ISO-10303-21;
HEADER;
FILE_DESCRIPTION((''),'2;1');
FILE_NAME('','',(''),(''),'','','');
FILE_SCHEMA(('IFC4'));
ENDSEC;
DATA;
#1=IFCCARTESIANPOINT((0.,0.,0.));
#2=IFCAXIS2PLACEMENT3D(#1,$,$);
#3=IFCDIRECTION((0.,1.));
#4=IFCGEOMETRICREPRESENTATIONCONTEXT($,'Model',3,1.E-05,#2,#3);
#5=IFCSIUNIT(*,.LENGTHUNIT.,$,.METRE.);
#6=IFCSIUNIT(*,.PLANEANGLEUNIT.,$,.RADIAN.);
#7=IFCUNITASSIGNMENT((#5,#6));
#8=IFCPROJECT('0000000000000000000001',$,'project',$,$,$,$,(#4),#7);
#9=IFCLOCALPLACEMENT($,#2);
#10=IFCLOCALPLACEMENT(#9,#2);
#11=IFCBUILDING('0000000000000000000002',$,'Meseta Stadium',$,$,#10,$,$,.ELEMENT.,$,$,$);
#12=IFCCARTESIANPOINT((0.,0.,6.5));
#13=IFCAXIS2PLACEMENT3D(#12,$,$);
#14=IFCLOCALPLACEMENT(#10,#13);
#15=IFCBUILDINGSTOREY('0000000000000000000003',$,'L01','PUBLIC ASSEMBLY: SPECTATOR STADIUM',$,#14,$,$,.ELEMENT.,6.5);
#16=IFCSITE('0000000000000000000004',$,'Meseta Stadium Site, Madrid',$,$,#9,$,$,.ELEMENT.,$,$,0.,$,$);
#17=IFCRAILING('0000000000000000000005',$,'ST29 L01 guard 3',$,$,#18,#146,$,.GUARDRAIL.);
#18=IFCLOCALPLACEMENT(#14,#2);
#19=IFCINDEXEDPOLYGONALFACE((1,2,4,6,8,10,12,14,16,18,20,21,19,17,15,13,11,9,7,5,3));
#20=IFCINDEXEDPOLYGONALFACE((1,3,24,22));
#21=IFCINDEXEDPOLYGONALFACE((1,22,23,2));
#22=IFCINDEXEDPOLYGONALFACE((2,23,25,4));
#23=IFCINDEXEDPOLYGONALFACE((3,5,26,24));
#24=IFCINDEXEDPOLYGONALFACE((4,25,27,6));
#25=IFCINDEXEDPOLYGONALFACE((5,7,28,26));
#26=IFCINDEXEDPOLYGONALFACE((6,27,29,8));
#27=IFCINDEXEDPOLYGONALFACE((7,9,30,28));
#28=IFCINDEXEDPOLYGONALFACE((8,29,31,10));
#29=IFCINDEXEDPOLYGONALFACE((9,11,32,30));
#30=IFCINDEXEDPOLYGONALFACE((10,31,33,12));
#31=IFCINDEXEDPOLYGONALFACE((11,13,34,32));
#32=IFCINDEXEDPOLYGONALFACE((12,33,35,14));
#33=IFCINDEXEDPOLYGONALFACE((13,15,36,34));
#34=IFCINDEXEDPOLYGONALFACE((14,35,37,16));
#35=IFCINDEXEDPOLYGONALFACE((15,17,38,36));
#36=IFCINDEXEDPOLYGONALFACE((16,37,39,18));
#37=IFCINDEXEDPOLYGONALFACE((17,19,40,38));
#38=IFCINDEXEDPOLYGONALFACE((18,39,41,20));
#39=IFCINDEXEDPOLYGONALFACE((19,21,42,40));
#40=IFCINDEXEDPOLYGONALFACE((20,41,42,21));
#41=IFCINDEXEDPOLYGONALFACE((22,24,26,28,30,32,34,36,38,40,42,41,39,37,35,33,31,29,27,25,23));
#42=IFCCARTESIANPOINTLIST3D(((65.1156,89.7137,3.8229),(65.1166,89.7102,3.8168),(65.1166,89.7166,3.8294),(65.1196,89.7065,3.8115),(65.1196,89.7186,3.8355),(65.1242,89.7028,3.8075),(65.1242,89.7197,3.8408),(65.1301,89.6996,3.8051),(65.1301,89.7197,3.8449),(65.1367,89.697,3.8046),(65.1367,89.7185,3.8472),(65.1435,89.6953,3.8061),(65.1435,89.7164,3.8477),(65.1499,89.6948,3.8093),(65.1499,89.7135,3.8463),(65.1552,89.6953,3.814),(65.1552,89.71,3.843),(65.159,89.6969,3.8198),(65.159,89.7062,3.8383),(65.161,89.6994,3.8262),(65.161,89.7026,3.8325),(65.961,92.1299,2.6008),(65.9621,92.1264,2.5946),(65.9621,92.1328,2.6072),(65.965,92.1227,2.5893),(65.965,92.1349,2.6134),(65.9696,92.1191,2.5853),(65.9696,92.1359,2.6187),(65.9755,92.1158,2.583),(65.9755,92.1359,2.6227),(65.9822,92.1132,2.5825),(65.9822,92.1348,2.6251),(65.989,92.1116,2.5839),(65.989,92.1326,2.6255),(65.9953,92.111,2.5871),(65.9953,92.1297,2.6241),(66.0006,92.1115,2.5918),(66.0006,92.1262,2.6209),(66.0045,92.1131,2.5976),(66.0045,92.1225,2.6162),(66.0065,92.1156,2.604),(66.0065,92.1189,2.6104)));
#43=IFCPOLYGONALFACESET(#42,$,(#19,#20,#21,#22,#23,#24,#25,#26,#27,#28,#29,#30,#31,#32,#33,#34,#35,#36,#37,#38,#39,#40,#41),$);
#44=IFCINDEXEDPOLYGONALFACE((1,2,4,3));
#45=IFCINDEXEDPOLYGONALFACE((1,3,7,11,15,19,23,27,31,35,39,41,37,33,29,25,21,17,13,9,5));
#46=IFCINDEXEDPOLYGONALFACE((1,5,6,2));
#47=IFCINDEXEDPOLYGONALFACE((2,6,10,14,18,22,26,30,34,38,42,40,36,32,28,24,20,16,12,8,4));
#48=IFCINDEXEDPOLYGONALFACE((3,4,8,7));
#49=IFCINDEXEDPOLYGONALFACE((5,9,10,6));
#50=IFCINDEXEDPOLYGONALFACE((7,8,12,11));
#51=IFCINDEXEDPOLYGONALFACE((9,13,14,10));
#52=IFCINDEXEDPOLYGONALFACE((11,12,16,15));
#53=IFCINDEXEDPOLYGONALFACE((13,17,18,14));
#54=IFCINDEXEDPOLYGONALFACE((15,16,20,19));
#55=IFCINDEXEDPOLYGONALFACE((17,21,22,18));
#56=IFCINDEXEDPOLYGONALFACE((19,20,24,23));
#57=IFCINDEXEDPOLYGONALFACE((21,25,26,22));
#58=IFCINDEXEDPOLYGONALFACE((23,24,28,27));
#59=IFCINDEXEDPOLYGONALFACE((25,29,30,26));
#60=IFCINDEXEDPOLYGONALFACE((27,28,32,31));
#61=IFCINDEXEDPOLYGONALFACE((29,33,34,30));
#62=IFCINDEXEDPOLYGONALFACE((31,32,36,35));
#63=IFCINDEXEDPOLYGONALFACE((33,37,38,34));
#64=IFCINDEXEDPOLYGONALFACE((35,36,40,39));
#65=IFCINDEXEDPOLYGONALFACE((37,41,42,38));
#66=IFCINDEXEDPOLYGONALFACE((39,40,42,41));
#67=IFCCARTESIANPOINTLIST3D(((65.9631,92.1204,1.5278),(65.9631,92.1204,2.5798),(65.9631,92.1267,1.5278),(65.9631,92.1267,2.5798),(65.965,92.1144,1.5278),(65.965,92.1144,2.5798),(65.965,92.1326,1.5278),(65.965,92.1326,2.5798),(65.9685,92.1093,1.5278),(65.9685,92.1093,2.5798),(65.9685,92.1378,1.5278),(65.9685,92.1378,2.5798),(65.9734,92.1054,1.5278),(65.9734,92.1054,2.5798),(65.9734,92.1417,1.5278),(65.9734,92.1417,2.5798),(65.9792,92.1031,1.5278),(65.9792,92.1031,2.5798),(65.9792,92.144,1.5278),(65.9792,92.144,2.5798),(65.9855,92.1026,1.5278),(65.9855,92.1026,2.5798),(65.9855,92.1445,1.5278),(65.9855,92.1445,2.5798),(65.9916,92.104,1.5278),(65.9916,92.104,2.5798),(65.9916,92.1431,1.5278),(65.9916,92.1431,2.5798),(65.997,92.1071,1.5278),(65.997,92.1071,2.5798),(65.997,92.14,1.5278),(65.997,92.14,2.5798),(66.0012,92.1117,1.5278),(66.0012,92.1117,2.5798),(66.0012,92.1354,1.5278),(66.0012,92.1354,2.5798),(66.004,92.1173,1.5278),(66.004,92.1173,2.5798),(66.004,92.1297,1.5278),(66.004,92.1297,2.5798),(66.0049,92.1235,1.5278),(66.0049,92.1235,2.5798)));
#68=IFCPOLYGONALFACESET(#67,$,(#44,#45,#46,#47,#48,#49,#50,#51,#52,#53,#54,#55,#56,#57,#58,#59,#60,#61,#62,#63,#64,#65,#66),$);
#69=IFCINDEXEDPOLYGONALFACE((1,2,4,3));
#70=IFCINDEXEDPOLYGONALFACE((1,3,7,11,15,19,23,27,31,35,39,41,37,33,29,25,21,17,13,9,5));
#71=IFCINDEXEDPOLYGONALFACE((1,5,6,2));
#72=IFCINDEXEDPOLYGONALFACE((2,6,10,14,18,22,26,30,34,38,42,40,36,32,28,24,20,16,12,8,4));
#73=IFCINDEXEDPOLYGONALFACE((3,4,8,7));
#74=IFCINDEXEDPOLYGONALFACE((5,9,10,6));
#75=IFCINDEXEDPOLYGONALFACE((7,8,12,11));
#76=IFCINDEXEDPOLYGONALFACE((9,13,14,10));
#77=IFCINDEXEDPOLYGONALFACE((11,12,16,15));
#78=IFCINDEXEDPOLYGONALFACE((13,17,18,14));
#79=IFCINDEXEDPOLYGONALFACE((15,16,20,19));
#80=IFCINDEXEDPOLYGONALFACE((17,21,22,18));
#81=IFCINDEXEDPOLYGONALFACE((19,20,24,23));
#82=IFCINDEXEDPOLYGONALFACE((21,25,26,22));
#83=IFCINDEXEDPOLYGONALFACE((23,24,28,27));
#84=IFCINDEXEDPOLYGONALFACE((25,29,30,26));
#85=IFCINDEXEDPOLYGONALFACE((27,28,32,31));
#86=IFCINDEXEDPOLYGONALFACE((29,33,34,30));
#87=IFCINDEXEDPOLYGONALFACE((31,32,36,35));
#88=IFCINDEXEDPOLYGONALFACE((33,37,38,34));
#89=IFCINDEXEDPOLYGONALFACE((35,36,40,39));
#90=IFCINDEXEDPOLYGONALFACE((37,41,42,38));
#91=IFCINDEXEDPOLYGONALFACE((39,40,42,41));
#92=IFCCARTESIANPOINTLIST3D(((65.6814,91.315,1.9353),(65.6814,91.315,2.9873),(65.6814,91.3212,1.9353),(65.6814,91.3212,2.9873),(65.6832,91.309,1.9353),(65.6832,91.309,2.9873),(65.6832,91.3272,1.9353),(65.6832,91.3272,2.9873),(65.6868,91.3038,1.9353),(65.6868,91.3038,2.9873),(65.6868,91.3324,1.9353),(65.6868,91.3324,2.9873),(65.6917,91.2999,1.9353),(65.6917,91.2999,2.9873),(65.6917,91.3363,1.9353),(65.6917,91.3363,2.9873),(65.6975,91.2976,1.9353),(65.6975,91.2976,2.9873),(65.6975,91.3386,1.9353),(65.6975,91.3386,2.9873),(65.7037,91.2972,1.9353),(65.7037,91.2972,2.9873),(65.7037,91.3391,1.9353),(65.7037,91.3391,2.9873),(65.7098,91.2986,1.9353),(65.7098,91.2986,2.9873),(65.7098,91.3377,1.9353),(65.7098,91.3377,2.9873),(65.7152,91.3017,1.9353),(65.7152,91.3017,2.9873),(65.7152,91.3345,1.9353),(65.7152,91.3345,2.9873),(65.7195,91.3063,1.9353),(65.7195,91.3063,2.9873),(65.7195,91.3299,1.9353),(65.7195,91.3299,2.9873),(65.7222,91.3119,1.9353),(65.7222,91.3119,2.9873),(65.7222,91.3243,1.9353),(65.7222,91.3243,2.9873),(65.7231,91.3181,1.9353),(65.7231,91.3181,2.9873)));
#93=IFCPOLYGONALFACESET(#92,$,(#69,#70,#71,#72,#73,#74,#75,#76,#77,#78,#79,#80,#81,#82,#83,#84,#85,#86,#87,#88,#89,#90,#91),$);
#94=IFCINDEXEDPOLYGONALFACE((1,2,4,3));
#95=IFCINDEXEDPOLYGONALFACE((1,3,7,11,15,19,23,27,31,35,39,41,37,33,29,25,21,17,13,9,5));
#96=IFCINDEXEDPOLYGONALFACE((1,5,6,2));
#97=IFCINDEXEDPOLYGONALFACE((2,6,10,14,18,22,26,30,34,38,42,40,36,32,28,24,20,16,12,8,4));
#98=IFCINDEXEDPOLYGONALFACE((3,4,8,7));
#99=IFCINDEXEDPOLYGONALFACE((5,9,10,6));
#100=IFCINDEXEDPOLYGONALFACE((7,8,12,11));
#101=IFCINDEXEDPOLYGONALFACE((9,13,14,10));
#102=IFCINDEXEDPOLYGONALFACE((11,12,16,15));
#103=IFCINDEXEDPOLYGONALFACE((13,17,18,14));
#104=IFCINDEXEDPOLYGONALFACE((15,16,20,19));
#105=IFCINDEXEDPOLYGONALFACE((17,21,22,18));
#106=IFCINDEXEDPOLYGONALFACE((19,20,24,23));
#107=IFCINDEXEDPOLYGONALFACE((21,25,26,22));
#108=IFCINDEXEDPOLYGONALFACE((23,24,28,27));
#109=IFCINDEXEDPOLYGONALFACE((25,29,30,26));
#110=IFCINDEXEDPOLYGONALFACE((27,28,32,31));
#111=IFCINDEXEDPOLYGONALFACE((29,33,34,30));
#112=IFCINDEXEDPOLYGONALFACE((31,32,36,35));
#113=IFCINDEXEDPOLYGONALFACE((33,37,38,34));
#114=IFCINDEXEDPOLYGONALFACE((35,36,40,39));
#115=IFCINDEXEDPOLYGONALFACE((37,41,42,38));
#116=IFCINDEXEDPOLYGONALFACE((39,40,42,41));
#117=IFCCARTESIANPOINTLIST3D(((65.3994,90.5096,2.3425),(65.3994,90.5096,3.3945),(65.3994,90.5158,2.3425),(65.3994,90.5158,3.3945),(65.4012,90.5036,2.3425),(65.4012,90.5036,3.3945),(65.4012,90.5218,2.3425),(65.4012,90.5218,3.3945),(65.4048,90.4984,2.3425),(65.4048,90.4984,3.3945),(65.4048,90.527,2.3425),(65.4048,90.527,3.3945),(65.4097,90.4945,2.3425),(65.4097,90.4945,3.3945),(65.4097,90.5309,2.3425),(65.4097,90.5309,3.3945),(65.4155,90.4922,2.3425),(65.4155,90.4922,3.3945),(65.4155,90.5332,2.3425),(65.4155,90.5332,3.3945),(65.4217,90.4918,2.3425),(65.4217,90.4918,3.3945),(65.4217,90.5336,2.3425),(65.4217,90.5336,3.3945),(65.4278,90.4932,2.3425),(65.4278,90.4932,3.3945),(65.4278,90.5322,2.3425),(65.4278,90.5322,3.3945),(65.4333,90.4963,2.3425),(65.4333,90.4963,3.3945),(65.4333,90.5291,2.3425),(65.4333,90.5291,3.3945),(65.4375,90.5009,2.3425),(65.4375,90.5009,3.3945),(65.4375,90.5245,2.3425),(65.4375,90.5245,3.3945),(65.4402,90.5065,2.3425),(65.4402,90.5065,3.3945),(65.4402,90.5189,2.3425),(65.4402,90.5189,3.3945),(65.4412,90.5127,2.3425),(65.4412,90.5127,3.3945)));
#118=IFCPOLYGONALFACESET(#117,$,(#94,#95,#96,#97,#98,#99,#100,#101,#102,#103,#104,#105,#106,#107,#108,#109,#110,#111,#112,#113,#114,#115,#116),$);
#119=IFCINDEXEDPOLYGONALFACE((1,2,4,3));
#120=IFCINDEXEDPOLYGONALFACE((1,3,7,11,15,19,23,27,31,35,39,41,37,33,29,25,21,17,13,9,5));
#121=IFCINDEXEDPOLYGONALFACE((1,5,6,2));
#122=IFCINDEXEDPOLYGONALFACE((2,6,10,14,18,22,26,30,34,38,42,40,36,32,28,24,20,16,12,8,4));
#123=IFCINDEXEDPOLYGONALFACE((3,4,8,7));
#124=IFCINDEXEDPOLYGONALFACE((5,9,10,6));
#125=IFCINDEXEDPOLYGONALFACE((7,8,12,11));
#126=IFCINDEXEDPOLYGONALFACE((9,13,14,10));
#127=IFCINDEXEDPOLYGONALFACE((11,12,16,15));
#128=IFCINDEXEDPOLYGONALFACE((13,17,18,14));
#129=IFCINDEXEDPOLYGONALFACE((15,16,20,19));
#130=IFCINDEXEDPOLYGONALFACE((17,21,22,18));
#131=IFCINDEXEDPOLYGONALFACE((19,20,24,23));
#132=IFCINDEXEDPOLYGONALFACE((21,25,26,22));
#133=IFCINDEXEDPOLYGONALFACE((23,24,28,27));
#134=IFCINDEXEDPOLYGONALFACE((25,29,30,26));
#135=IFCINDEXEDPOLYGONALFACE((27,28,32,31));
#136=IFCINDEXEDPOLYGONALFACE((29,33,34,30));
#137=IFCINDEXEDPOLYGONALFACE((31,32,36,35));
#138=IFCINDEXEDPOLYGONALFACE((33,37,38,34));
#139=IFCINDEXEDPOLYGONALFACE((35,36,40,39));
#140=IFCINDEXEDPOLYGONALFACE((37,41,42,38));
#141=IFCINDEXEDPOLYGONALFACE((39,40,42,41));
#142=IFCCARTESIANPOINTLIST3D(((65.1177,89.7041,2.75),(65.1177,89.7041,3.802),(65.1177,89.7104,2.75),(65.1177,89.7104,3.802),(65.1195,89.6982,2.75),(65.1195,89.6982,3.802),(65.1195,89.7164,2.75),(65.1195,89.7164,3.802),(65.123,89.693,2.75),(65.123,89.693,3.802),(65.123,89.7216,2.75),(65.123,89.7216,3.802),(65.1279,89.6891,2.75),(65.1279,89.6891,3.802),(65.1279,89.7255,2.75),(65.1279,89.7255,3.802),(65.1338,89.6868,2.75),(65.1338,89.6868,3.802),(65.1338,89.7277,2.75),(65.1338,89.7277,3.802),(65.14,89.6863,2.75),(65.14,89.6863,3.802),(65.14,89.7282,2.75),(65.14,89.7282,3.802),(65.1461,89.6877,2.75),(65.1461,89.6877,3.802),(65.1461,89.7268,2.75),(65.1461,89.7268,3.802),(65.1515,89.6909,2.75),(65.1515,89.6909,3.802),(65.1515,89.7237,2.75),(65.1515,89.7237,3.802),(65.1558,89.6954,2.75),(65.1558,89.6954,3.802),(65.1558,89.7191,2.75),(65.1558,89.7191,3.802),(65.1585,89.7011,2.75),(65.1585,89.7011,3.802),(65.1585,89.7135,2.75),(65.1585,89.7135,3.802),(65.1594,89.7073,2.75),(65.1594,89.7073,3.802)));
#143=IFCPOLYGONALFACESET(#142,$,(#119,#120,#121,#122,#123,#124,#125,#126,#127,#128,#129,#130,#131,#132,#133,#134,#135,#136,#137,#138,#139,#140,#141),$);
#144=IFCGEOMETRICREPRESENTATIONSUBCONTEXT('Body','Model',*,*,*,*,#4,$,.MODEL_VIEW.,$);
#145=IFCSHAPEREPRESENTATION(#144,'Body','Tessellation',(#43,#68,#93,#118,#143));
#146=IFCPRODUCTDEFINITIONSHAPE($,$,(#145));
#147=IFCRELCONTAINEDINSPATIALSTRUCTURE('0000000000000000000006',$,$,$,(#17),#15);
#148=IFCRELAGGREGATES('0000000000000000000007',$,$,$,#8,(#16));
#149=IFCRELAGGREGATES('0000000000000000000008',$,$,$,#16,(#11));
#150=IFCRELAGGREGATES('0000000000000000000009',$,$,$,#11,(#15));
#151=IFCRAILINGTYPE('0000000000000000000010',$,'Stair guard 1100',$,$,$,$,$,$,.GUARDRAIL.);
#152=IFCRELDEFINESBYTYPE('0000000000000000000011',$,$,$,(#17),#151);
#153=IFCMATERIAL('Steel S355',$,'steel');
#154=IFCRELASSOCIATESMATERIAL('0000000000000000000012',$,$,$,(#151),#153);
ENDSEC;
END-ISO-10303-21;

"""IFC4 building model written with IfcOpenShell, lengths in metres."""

from ifc_helpers import new_model, si_unit, direction, frame, origin, origin_2d, place, context, subcontext, project, spatial, circle, extrude, material, type_object, element, save


model = new_model("IFC4")

# Units and contexts
model_context = context("Model", 3, precision=1e-05, world=origin(), true_north=direction((0.0, 1.0)))
body_context = subcontext(model_context, "Body", "Model", "MODEL_VIEW")
ifc_project = project(units=[si_unit("LENGTHUNIT", "METRE"), si_unit("PLANEANGLEUNIT", "RADIAN")], contexts=[model_context])

# Site, building, storey
site_placement = place(None, origin())
site = spatial("IfcSite", under=ifc_project, at=site_placement, Name="Meseta Stadium Site, Madrid", CompositionType="ELEMENT", RefElevation=0.0)
building_placement = place(site_placement, origin())
building = spatial("IfcBuilding", under=site, at=building_placement, Name="Meseta Stadium", CompositionType="ELEMENT")
storey_placement = place(building_placement, frame((0.0, 0.0, 6.5)))
storey = spatial("IfcBuildingStorey", under=building, at=storey_placement, Name="L01", Description="PUBLIC ASSEMBLY: SPECTATOR STADIUM", CompositionType="ELEMENT", Elevation=6.5)

# Railing
ifc_material_1 = material(Name="Steel S355", Category="steel")
railing_type_1 = type_object("IfcRailingType", Name="Stair guard 1100", PredefinedType="GUARDRAIL", material=ifc_material_1)
railing_1_placement = place(storey_placement, frame((65.9839, 92.1235, 1.5278)))
element("IfcRailing", 1, at=railing_1_placement, inside=storey, type_object=railing_type_1, Name="ST29 L01 guard 3", PredefinedType="GUARDRAIL", context=body_context, shape_type="SweptSolid", body=[
    extrude(circle(Radius=0.0239, at=origin_2d()), frame((0.0, 0.0, 1.0762), z_axis=(-0.298044, -0.851789, 0.430843), x_axis=(0.943887, -0.33027, 0.0)), (0.0, 0.0, 1.0), 2.8367),
    extrude(circle(Radius=0.021, at=origin_2d()), origin(), (0.0, 0.0, 1.0), 1.052),
    extrude(circle(Radius=0.021, at=origin_2d()), frame((-0.2817, -0.8054, 0.4075)), (0.0, 0.0, 1.0), 1.052),
    extrude(circle(Radius=0.021, at=origin_2d()), frame((-0.5637, -1.6108, 0.8147)), (0.0, 0.0, 1.0), 1.052),
    extrude(circle(Radius=0.021, at=origin_2d()), frame((-0.8455, -2.4163, 1.2222)), (0.0, 0.0, 1.0), 1.052),
])

save(model, "model.ifc")
